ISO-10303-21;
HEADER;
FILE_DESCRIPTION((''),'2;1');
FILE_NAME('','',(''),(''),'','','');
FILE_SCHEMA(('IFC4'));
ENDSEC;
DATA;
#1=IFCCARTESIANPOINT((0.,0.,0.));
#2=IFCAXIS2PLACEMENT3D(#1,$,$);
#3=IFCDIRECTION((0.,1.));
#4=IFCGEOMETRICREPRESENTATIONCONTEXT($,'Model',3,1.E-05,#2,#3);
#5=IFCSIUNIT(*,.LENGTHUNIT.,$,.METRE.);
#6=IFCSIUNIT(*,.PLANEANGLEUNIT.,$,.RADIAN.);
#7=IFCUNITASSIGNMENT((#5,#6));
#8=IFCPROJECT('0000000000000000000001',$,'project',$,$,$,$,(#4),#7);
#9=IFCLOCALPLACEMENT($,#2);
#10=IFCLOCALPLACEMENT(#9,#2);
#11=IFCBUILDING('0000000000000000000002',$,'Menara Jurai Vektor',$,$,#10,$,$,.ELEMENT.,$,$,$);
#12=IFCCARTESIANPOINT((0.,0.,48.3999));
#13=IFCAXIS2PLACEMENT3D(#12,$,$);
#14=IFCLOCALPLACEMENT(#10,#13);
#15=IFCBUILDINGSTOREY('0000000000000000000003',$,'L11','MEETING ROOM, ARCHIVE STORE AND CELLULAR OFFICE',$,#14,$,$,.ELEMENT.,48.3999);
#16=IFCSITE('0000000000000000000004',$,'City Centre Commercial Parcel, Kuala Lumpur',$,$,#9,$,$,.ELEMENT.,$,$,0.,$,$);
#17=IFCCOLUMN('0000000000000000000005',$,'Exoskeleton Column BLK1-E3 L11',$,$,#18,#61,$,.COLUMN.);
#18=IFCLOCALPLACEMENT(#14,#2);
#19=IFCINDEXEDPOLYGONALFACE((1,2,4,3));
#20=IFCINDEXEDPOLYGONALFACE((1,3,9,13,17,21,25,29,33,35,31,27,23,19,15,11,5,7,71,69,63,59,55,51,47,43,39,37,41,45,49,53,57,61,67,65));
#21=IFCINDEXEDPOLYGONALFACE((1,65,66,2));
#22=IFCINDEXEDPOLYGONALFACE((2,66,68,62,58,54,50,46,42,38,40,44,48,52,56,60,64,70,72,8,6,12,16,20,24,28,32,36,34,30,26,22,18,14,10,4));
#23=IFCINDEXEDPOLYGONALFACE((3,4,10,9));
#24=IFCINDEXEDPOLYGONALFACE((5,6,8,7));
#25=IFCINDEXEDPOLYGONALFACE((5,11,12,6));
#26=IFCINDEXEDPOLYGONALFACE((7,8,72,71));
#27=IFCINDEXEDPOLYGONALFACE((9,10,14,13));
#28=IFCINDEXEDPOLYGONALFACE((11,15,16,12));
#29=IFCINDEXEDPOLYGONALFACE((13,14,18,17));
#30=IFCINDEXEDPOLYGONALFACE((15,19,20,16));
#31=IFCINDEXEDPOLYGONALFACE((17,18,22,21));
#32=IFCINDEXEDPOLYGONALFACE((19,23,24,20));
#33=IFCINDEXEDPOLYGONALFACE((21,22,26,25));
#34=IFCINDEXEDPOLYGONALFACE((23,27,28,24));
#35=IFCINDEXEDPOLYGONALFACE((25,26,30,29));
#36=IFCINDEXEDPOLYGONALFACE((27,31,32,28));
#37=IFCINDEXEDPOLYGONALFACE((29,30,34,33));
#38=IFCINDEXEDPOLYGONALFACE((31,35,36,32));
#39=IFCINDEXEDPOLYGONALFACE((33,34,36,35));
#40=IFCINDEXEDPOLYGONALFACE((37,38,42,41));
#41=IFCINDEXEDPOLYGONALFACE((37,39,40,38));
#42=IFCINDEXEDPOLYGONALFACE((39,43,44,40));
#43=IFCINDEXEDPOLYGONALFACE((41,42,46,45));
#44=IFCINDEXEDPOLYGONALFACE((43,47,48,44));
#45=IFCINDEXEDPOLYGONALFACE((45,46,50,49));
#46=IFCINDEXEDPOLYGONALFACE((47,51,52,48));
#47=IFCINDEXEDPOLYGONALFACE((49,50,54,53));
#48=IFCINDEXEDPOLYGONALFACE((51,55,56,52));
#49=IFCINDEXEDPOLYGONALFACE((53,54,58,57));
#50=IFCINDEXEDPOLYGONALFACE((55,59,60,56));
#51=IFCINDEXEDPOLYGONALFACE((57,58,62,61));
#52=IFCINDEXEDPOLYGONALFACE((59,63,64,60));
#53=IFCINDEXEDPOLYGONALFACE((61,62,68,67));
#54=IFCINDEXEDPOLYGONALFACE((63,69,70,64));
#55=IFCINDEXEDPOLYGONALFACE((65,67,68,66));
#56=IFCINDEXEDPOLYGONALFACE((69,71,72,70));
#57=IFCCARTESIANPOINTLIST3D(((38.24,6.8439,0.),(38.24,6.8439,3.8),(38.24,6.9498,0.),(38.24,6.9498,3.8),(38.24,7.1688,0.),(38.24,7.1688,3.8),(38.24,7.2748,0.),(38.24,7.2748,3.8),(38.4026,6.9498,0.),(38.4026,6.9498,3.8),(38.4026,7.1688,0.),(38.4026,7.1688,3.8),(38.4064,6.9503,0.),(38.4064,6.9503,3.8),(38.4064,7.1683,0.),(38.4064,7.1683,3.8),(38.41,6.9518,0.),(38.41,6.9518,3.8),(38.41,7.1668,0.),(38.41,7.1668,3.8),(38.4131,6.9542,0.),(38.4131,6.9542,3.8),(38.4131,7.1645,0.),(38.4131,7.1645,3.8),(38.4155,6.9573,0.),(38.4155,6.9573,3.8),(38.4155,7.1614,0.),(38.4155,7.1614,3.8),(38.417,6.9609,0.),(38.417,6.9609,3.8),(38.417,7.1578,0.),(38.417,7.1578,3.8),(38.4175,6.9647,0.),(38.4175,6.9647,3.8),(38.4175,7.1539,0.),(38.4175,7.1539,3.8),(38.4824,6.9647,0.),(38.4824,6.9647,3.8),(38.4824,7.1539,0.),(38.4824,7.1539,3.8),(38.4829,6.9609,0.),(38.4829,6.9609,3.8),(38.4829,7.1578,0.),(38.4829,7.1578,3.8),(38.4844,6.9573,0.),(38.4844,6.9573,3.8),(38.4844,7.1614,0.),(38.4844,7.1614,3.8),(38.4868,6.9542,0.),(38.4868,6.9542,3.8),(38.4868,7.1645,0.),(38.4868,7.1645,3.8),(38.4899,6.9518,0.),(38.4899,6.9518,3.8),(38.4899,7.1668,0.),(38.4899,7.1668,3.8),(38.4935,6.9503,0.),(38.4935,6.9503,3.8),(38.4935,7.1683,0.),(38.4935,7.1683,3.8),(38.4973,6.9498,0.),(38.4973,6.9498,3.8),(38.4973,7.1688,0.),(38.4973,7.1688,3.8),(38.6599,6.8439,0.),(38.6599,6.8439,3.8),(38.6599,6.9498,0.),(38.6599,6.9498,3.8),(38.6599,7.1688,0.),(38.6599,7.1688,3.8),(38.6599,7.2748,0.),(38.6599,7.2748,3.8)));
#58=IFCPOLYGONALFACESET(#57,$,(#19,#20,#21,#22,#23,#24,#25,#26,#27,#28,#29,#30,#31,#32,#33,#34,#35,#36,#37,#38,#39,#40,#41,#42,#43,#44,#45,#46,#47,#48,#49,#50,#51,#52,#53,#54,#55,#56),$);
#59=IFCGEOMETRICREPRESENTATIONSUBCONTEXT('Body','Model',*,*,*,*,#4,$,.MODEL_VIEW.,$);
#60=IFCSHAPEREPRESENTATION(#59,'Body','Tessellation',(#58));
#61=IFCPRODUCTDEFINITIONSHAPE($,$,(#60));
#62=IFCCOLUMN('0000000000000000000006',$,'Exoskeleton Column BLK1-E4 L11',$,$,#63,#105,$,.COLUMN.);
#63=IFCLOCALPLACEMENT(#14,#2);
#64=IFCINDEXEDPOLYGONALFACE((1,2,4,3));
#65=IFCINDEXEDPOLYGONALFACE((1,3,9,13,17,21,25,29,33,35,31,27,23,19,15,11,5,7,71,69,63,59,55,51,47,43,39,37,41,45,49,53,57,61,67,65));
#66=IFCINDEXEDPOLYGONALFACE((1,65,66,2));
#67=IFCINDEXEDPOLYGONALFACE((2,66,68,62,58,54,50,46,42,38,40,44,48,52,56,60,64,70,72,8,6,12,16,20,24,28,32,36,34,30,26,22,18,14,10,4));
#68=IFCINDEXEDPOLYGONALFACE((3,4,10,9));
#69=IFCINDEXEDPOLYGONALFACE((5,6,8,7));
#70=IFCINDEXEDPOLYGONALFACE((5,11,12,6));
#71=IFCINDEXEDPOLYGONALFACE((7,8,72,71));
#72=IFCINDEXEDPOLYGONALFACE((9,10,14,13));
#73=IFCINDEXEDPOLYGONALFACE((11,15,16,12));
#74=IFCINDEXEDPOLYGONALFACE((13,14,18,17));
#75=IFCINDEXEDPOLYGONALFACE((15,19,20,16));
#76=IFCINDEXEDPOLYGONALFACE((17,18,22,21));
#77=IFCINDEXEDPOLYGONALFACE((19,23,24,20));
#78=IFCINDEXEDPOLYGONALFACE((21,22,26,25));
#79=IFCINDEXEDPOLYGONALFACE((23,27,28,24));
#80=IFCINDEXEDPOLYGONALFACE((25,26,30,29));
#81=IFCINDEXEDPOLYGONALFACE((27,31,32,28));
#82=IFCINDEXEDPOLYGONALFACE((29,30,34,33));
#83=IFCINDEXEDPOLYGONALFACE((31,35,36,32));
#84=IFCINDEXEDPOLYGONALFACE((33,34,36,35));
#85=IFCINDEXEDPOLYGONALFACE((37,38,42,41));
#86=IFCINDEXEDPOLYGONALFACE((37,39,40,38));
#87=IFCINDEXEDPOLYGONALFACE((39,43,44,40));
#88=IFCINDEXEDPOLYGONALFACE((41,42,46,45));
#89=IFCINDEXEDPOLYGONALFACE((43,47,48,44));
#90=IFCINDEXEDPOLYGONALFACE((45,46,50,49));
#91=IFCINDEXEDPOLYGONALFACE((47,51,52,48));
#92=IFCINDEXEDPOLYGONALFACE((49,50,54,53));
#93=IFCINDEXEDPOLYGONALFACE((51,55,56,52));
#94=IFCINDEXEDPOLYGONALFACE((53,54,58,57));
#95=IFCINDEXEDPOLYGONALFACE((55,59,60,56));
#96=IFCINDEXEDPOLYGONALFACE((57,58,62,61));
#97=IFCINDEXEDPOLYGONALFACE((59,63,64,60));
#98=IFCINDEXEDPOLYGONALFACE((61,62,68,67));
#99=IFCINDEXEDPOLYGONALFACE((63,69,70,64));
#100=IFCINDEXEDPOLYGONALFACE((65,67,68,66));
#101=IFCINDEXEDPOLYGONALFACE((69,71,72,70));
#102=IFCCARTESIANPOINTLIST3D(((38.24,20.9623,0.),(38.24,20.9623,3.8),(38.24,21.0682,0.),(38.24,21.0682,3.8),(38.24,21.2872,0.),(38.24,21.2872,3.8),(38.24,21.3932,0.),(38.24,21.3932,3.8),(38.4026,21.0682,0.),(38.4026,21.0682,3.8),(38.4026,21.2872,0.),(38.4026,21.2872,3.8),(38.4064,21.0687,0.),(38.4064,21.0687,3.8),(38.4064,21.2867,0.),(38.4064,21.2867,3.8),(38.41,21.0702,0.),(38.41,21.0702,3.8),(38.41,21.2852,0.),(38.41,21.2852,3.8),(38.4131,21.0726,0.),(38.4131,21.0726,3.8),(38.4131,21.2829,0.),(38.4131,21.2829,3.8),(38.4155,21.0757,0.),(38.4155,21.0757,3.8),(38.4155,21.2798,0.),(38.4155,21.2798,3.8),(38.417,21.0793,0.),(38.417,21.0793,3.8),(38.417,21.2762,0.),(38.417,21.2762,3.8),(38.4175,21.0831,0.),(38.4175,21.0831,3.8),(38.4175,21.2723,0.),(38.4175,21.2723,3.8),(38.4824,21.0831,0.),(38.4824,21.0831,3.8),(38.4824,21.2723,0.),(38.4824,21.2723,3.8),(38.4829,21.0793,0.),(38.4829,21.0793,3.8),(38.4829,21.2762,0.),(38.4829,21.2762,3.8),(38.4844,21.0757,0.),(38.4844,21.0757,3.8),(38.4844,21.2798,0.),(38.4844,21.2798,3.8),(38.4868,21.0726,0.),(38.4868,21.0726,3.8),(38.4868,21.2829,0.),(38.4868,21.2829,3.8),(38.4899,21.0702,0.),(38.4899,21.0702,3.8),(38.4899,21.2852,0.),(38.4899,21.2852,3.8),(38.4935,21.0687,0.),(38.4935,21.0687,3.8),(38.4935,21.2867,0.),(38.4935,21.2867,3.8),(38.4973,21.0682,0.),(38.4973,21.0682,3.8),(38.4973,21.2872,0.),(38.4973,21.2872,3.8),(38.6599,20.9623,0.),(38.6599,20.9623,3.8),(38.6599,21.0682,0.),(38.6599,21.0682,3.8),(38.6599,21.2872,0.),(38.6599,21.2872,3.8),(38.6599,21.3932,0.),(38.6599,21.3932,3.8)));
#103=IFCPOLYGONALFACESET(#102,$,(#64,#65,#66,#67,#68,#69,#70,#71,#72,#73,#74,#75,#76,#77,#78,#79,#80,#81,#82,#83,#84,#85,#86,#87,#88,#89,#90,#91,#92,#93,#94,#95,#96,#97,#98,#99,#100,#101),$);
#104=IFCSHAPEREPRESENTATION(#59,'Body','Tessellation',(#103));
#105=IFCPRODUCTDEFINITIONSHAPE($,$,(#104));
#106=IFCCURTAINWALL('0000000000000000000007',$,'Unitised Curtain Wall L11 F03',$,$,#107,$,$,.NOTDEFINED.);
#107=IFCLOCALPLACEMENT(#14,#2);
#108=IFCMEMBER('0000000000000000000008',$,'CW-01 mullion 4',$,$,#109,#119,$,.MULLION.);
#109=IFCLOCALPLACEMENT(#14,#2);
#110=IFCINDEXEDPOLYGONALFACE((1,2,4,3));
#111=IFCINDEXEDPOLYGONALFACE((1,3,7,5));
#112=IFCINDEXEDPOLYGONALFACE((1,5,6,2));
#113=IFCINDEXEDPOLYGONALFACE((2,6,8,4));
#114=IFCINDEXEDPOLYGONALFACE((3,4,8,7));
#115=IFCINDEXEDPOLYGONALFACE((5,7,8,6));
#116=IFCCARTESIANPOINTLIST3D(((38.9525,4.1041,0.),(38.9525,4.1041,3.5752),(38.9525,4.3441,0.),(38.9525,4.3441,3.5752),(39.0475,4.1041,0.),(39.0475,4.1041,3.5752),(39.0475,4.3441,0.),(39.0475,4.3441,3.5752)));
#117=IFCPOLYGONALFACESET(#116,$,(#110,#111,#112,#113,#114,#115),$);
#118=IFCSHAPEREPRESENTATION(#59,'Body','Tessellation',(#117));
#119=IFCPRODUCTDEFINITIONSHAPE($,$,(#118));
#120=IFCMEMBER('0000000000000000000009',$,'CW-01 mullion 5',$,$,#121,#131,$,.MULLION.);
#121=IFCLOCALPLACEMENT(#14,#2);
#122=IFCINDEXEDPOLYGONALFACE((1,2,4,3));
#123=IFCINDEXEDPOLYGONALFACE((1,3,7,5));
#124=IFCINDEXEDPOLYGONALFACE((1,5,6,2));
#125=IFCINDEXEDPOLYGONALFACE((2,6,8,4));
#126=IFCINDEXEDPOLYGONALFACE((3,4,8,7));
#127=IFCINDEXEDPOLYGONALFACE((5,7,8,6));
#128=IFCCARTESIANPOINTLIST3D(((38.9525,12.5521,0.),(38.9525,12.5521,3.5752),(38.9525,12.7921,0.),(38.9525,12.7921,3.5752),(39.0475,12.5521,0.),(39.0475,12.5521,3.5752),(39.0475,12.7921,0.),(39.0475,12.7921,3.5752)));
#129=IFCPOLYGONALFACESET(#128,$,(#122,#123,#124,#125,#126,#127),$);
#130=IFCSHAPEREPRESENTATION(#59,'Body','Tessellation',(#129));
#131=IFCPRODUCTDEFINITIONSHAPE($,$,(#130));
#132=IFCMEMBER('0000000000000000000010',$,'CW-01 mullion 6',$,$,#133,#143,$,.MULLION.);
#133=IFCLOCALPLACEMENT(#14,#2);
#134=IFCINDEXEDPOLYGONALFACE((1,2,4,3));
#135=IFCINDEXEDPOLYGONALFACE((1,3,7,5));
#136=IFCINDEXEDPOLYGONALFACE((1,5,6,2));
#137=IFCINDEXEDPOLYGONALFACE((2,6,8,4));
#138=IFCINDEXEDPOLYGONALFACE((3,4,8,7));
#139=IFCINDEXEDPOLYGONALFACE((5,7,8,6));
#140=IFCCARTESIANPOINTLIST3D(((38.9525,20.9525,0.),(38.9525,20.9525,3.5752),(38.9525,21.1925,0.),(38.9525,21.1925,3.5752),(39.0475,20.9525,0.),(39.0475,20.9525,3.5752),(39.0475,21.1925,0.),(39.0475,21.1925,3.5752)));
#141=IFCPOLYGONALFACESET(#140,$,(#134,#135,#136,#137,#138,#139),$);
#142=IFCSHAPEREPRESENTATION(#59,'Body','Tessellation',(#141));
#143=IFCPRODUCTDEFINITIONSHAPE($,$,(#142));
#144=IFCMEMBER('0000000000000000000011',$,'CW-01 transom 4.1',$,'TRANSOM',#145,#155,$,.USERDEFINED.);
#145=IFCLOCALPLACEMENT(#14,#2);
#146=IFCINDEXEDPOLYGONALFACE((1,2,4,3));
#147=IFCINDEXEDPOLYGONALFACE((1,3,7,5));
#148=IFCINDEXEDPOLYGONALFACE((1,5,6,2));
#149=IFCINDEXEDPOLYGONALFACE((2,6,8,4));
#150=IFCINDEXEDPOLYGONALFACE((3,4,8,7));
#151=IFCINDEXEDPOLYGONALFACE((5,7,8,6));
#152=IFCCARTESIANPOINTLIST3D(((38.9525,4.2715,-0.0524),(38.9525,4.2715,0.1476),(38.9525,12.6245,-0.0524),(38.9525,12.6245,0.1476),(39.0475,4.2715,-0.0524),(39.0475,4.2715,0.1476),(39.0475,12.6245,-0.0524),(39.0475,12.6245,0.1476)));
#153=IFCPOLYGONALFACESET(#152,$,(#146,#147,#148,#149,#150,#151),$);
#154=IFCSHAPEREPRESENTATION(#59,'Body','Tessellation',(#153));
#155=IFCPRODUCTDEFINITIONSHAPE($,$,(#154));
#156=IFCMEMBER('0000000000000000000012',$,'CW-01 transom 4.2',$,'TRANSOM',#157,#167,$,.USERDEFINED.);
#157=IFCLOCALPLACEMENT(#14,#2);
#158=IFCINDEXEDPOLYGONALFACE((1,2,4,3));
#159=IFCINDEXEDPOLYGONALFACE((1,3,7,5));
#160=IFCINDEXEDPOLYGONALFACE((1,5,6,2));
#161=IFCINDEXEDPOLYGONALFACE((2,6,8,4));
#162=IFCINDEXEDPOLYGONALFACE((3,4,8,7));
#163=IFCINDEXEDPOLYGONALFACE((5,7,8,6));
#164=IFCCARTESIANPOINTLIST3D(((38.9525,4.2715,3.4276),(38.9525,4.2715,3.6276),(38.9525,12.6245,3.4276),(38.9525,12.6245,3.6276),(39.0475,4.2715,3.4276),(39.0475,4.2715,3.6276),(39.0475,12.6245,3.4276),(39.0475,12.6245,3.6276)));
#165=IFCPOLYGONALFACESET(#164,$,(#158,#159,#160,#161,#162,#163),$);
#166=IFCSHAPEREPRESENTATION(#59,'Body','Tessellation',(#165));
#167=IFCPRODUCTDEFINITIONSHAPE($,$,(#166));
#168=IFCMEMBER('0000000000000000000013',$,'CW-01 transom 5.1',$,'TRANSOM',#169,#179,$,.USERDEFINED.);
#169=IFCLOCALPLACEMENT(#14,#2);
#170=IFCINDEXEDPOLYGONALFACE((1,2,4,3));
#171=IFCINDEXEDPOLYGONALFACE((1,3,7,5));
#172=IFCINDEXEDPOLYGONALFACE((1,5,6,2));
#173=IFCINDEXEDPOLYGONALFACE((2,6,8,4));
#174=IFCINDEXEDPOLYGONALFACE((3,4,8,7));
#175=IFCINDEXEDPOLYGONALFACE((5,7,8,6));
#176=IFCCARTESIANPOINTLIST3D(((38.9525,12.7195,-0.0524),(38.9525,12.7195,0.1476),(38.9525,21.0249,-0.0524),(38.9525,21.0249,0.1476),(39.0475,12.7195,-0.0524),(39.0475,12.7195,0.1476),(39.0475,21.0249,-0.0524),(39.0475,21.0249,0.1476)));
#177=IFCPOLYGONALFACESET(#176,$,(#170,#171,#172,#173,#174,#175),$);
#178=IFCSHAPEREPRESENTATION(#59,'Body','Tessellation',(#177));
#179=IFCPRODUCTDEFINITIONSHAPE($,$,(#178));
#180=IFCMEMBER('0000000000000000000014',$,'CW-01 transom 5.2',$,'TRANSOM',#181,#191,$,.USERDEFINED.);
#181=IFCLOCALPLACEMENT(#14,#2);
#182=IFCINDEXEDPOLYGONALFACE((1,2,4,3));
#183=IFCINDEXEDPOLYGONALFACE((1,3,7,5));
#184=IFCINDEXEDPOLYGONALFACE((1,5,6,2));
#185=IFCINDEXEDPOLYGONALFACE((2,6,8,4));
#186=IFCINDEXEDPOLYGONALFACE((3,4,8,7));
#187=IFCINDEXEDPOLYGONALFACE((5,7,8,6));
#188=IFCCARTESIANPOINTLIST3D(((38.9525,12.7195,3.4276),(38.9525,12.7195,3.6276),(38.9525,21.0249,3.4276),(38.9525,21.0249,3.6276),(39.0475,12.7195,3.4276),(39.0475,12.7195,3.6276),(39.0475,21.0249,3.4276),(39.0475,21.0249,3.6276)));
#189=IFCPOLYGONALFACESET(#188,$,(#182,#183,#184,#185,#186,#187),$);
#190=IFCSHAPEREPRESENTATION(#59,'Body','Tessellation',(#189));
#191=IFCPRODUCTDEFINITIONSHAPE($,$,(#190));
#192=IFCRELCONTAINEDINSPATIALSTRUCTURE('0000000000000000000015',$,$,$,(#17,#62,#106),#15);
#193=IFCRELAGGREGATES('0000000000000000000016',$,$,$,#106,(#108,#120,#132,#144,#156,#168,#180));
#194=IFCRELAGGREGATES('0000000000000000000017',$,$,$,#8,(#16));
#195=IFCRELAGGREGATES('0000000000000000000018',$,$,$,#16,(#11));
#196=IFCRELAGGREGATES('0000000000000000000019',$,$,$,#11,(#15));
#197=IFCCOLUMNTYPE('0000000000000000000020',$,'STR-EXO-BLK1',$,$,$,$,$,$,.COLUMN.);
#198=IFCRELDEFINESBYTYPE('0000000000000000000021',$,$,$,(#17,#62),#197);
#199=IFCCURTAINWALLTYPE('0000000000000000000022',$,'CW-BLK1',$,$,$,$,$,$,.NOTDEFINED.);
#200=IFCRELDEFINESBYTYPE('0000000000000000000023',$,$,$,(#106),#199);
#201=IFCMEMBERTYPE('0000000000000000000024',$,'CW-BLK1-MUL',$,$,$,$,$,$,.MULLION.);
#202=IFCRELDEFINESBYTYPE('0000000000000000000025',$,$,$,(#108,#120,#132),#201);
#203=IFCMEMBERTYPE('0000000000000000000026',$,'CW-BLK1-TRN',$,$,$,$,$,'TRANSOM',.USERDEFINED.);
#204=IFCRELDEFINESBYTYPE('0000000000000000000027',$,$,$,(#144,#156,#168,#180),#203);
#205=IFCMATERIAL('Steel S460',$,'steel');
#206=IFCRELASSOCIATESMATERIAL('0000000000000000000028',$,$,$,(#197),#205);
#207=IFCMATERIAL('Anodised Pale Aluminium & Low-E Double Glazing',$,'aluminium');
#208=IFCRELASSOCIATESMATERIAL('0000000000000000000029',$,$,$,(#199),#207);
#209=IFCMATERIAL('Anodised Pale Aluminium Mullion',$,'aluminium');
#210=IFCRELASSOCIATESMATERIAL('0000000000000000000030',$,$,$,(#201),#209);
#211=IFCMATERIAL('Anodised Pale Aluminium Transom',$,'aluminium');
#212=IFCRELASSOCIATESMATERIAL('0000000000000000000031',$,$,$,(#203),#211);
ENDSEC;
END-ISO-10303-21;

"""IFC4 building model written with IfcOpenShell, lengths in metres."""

from ifc_helpers import new_model, si_unit, direction, frame, origin, origin_2d, place, context, subcontext, project, spatial, rectangle, i_section, extrude, material, material_profile, profile_set, type_object, element, aggregate, save


model = new_model("IFC4")

# Units and contexts
model_context = context("Model", 3, precision=1e-05, world=origin(), true_north=direction((0.0, 1.0)))
body_context = subcontext(model_context, "Body", "Model", "MODEL_VIEW")
ifc_project = project(units=[si_unit("LENGTHUNIT", "METRE"), si_unit("PLANEANGLEUNIT", "RADIAN")], contexts=[model_context])

# Site, building, storey
site_placement = place(None, origin())
site = spatial("IfcSite", under=ifc_project, at=site_placement, Name="City Centre Commercial Parcel, Kuala Lumpur", CompositionType="ELEMENT", RefElevation=0.0)
building_placement = place(site_placement, origin())
building = spatial("IfcBuilding", under=site, at=building_placement, Name="Menara Jurai Vektor", CompositionType="ELEMENT")
storey_placement = place(building_placement, frame((0.0, 0.0, 48.3999)))
storey = spatial("IfcBuildingStorey", under=building, at=storey_placement, Name="L11", Description="MEETING ROOM, ARCHIVE STORE AND CELLULAR OFFICE", CompositionType="ELEMENT", Elevation=48.3999)

# Columns
ifc_material_1 = material(Name="Steel S460", Category="steel")
ifc_material_profile_1 = material_profile(ifc_material_1, i_section(OverallWidth=0.4199, OverallDepth=0.4309, WebThickness=0.0649, FlangeThickness=0.106, FilletRadius=0.0149, at=origin_2d()), Name="HD 400x900")
ifc_profile_set_1 = profile_set([ifc_material_profile_1], Name="Steel S460")
column_type = type_object("IfcColumnType", Name="STR-EXO-BLK1", PredefinedType="COLUMN", material=ifc_profile_set_1)
for number, where, z_axis, x_axis, name in (
    (1, (38.45, 7.0593, 0.0), (0.0, 0.0, 1.0), (1.0, 0.0, 0.0), "Exoskeleton Column BLK1-E3 L11"),
    (2, (38.45, 21.1777, 0.0), (0.0, 0.0, 1.0), (1.0, 0.0, 0.0), "Exoskeleton Column BLK1-E4 L11"),
):
    element("IfcColumn", number, at=place(storey_placement, frame(where, z_axis=z_axis, x_axis=x_axis)), inside=storey, type_object=column_type, Name=name, PredefinedType="COLUMN", context=body_context, shape_type="SweptSolid", body=[
        extrude(i_section(OverallWidth=0.4199, OverallDepth=0.4309, WebThickness=0.0649, FlangeThickness=0.106, FilletRadius=0.0149, at=origin_2d()), origin(), (0.0, 0.0, 1.0), 3.8),
    ])

# Curtain wall, members
ifc_material_2 = material(Name="Anodised Pale Aluminium & Low-E Double Glazing", Category="aluminium")
curtain_wall_type = type_object("IfcCurtainWallType", Name="CW-BLK1", PredefinedType="NOTDEFINED", material=ifc_material_2)
curtain_wall_placement = place(storey_placement, origin())
curtain_wall = element("IfcCurtainWall", 3, at=curtain_wall_placement, inside=storey, type_object=curtain_wall_type, Name="Unitised Curtain Wall L11 F03", PredefinedType="NOTDEFINED")
ifc_material_3 = material(Name="Anodised Pale Aluminium Mullion", Category="aluminium")
ifc_material_profile_2 = material_profile(ifc_material_3, rectangle(XDim=0.095, YDim=0.24, at=origin_2d()), Name="ALU MUL 95x240")
ifc_profile_set_2 = profile_set([ifc_material_profile_2], Name="Anodised Pale Aluminium Mullion")
member_type_1 = type_object("IfcMemberType", Name="CW-BLK1-MUL", PredefinedType="MULLION", material=ifc_profile_set_2)
member_1_placement = place(storey_placement, frame((39.0, 4.2241, 0.0), z_axis=(0.0, 0.0, 1.0), x_axis=(-1.0, 0.0, 0.0)))
member_1 = element("IfcMember", 4, at=member_1_placement, type_object=member_type_1, Name="CW-01 mullion 4", PredefinedType="MULLION", context=body_context, shape_type="SweptSolid", body=[
    extrude(rectangle(XDim=0.095, YDim=0.24, at=origin_2d()), origin(), (0.0, 0.0, 1.0), 3.5752),
])
member_2_placement = place(storey_placement, frame((39.0, 12.6721, 0.0), z_axis=(0.0, 0.0, 1.0), x_axis=(-1.0, 0.0, 0.0)))
member_2 = element("IfcMember", 5, at=member_2_placement, type_object=member_type_1, Name="CW-01 mullion 5", PredefinedType="MULLION", context=body_context, shape_type="SweptSolid", body=[
    extrude(rectangle(XDim=0.095, YDim=0.24, at=origin_2d()), origin(), (0.0, 0.0, 1.0), 3.5752),
])
member_3_placement = place(storey_placement, frame((39.0, 21.0725, 0.0), z_axis=(0.0, 0.0, 1.0), x_axis=(-1.0, 0.0, 0.0)))
member_3 = element("IfcMember", 6, at=member_3_placement, type_object=member_type_1, Name="CW-01 mullion 6", PredefinedType="MULLION", context=body_context, shape_type="SweptSolid", body=[
    extrude(rectangle(XDim=0.095, YDim=0.24, at=origin_2d()), origin(), (0.0, 0.0, 1.0), 3.5752),
])
ifc_material_4 = material(Name="Anodised Pale Aluminium Transom", Category="aluminium")
ifc_material_profile_3 = material_profile(ifc_material_4, rectangle(XDim=0.095, YDim=0.2, at=origin_2d()), Name="ALU TRN 95x200")
ifc_profile_set_3 = profile_set([ifc_material_profile_3], Name="Anodised Pale Aluminium Transom")
member_type_2 = type_object("IfcMemberType", Name="CW-BLK1-TRN", ElementType="TRANSOM", PredefinedType="USERDEFINED", material=ifc_profile_set_3)
member_4_placement = place(storey_placement, frame((39.0, 4.2715, 0.0476), z_axis=(0.0, 1.0, 0.0), x_axis=(-1.0, 0.0, 0.0)))
member_4 = element("IfcMember", 7, at=member_4_placement, type_object=member_type_2, Name="CW-01 transom 4.1", ObjectType="TRANSOM", PredefinedType="USERDEFINED", context=body_context, shape_type="SweptSolid", body=[
    extrude(rectangle(XDim=0.095, YDim=0.2, at=origin_2d()), origin(), (0.0, 0.0, 1.0), 8.353),
])
member_5_placement = place(storey_placement, frame((39.0, 4.2715, 3.5276), z_axis=(0.0, 1.0, 0.0), x_axis=(-1.0, 0.0, 0.0)))
member_5 = element("IfcMember", 8, at=member_5_placement, type_object=member_type_2, Name="CW-01 transom 4.2", ObjectType="TRANSOM", PredefinedType="USERDEFINED", context=body_context, shape_type="SweptSolid", body=[
    extrude(rectangle(XDim=0.095, YDim=0.2, at=origin_2d()), origin(), (0.0, 0.0, 1.0), 8.353),
])
member_6_placement = place(storey_placement, frame((39.0, 12.7195, 0.0476), z_axis=(0.0, 1.0, 0.0), x_axis=(-1.0, 0.0, 0.0)))
member_6 = element("IfcMember", 9, at=member_6_placement, type_object=member_type_2, Name="CW-01 transom 5.1", ObjectType="TRANSOM", PredefinedType="USERDEFINED", context=body_context, shape_type="SweptSolid", body=[
    extrude(rectangle(XDim=0.095, YDim=0.2, at=origin_2d()), origin(), (0.0, 0.0, 1.0), 8.3054),
])
member_7_placement = place(storey_placement, frame((39.0, 12.7195, 3.5276), z_axis=(0.0, 1.0, 0.0), x_axis=(-1.0, 0.0, 0.0)))
member_7 = element("IfcMember", 10, at=member_7_placement, type_object=member_type_2, Name="CW-01 transom 5.2", ObjectType="TRANSOM", PredefinedType="USERDEFINED", context=body_context, shape_type="SweptSolid", body=[
    extrude(rectangle(XDim=0.095, YDim=0.2, at=origin_2d()), origin(), (0.0, 0.0, 1.0), 8.3054),
])

aggregate(curtain_wall, [member_1, member_2, member_3, member_4, member_5, member_6, member_7])

save(model, "model.ifc")
